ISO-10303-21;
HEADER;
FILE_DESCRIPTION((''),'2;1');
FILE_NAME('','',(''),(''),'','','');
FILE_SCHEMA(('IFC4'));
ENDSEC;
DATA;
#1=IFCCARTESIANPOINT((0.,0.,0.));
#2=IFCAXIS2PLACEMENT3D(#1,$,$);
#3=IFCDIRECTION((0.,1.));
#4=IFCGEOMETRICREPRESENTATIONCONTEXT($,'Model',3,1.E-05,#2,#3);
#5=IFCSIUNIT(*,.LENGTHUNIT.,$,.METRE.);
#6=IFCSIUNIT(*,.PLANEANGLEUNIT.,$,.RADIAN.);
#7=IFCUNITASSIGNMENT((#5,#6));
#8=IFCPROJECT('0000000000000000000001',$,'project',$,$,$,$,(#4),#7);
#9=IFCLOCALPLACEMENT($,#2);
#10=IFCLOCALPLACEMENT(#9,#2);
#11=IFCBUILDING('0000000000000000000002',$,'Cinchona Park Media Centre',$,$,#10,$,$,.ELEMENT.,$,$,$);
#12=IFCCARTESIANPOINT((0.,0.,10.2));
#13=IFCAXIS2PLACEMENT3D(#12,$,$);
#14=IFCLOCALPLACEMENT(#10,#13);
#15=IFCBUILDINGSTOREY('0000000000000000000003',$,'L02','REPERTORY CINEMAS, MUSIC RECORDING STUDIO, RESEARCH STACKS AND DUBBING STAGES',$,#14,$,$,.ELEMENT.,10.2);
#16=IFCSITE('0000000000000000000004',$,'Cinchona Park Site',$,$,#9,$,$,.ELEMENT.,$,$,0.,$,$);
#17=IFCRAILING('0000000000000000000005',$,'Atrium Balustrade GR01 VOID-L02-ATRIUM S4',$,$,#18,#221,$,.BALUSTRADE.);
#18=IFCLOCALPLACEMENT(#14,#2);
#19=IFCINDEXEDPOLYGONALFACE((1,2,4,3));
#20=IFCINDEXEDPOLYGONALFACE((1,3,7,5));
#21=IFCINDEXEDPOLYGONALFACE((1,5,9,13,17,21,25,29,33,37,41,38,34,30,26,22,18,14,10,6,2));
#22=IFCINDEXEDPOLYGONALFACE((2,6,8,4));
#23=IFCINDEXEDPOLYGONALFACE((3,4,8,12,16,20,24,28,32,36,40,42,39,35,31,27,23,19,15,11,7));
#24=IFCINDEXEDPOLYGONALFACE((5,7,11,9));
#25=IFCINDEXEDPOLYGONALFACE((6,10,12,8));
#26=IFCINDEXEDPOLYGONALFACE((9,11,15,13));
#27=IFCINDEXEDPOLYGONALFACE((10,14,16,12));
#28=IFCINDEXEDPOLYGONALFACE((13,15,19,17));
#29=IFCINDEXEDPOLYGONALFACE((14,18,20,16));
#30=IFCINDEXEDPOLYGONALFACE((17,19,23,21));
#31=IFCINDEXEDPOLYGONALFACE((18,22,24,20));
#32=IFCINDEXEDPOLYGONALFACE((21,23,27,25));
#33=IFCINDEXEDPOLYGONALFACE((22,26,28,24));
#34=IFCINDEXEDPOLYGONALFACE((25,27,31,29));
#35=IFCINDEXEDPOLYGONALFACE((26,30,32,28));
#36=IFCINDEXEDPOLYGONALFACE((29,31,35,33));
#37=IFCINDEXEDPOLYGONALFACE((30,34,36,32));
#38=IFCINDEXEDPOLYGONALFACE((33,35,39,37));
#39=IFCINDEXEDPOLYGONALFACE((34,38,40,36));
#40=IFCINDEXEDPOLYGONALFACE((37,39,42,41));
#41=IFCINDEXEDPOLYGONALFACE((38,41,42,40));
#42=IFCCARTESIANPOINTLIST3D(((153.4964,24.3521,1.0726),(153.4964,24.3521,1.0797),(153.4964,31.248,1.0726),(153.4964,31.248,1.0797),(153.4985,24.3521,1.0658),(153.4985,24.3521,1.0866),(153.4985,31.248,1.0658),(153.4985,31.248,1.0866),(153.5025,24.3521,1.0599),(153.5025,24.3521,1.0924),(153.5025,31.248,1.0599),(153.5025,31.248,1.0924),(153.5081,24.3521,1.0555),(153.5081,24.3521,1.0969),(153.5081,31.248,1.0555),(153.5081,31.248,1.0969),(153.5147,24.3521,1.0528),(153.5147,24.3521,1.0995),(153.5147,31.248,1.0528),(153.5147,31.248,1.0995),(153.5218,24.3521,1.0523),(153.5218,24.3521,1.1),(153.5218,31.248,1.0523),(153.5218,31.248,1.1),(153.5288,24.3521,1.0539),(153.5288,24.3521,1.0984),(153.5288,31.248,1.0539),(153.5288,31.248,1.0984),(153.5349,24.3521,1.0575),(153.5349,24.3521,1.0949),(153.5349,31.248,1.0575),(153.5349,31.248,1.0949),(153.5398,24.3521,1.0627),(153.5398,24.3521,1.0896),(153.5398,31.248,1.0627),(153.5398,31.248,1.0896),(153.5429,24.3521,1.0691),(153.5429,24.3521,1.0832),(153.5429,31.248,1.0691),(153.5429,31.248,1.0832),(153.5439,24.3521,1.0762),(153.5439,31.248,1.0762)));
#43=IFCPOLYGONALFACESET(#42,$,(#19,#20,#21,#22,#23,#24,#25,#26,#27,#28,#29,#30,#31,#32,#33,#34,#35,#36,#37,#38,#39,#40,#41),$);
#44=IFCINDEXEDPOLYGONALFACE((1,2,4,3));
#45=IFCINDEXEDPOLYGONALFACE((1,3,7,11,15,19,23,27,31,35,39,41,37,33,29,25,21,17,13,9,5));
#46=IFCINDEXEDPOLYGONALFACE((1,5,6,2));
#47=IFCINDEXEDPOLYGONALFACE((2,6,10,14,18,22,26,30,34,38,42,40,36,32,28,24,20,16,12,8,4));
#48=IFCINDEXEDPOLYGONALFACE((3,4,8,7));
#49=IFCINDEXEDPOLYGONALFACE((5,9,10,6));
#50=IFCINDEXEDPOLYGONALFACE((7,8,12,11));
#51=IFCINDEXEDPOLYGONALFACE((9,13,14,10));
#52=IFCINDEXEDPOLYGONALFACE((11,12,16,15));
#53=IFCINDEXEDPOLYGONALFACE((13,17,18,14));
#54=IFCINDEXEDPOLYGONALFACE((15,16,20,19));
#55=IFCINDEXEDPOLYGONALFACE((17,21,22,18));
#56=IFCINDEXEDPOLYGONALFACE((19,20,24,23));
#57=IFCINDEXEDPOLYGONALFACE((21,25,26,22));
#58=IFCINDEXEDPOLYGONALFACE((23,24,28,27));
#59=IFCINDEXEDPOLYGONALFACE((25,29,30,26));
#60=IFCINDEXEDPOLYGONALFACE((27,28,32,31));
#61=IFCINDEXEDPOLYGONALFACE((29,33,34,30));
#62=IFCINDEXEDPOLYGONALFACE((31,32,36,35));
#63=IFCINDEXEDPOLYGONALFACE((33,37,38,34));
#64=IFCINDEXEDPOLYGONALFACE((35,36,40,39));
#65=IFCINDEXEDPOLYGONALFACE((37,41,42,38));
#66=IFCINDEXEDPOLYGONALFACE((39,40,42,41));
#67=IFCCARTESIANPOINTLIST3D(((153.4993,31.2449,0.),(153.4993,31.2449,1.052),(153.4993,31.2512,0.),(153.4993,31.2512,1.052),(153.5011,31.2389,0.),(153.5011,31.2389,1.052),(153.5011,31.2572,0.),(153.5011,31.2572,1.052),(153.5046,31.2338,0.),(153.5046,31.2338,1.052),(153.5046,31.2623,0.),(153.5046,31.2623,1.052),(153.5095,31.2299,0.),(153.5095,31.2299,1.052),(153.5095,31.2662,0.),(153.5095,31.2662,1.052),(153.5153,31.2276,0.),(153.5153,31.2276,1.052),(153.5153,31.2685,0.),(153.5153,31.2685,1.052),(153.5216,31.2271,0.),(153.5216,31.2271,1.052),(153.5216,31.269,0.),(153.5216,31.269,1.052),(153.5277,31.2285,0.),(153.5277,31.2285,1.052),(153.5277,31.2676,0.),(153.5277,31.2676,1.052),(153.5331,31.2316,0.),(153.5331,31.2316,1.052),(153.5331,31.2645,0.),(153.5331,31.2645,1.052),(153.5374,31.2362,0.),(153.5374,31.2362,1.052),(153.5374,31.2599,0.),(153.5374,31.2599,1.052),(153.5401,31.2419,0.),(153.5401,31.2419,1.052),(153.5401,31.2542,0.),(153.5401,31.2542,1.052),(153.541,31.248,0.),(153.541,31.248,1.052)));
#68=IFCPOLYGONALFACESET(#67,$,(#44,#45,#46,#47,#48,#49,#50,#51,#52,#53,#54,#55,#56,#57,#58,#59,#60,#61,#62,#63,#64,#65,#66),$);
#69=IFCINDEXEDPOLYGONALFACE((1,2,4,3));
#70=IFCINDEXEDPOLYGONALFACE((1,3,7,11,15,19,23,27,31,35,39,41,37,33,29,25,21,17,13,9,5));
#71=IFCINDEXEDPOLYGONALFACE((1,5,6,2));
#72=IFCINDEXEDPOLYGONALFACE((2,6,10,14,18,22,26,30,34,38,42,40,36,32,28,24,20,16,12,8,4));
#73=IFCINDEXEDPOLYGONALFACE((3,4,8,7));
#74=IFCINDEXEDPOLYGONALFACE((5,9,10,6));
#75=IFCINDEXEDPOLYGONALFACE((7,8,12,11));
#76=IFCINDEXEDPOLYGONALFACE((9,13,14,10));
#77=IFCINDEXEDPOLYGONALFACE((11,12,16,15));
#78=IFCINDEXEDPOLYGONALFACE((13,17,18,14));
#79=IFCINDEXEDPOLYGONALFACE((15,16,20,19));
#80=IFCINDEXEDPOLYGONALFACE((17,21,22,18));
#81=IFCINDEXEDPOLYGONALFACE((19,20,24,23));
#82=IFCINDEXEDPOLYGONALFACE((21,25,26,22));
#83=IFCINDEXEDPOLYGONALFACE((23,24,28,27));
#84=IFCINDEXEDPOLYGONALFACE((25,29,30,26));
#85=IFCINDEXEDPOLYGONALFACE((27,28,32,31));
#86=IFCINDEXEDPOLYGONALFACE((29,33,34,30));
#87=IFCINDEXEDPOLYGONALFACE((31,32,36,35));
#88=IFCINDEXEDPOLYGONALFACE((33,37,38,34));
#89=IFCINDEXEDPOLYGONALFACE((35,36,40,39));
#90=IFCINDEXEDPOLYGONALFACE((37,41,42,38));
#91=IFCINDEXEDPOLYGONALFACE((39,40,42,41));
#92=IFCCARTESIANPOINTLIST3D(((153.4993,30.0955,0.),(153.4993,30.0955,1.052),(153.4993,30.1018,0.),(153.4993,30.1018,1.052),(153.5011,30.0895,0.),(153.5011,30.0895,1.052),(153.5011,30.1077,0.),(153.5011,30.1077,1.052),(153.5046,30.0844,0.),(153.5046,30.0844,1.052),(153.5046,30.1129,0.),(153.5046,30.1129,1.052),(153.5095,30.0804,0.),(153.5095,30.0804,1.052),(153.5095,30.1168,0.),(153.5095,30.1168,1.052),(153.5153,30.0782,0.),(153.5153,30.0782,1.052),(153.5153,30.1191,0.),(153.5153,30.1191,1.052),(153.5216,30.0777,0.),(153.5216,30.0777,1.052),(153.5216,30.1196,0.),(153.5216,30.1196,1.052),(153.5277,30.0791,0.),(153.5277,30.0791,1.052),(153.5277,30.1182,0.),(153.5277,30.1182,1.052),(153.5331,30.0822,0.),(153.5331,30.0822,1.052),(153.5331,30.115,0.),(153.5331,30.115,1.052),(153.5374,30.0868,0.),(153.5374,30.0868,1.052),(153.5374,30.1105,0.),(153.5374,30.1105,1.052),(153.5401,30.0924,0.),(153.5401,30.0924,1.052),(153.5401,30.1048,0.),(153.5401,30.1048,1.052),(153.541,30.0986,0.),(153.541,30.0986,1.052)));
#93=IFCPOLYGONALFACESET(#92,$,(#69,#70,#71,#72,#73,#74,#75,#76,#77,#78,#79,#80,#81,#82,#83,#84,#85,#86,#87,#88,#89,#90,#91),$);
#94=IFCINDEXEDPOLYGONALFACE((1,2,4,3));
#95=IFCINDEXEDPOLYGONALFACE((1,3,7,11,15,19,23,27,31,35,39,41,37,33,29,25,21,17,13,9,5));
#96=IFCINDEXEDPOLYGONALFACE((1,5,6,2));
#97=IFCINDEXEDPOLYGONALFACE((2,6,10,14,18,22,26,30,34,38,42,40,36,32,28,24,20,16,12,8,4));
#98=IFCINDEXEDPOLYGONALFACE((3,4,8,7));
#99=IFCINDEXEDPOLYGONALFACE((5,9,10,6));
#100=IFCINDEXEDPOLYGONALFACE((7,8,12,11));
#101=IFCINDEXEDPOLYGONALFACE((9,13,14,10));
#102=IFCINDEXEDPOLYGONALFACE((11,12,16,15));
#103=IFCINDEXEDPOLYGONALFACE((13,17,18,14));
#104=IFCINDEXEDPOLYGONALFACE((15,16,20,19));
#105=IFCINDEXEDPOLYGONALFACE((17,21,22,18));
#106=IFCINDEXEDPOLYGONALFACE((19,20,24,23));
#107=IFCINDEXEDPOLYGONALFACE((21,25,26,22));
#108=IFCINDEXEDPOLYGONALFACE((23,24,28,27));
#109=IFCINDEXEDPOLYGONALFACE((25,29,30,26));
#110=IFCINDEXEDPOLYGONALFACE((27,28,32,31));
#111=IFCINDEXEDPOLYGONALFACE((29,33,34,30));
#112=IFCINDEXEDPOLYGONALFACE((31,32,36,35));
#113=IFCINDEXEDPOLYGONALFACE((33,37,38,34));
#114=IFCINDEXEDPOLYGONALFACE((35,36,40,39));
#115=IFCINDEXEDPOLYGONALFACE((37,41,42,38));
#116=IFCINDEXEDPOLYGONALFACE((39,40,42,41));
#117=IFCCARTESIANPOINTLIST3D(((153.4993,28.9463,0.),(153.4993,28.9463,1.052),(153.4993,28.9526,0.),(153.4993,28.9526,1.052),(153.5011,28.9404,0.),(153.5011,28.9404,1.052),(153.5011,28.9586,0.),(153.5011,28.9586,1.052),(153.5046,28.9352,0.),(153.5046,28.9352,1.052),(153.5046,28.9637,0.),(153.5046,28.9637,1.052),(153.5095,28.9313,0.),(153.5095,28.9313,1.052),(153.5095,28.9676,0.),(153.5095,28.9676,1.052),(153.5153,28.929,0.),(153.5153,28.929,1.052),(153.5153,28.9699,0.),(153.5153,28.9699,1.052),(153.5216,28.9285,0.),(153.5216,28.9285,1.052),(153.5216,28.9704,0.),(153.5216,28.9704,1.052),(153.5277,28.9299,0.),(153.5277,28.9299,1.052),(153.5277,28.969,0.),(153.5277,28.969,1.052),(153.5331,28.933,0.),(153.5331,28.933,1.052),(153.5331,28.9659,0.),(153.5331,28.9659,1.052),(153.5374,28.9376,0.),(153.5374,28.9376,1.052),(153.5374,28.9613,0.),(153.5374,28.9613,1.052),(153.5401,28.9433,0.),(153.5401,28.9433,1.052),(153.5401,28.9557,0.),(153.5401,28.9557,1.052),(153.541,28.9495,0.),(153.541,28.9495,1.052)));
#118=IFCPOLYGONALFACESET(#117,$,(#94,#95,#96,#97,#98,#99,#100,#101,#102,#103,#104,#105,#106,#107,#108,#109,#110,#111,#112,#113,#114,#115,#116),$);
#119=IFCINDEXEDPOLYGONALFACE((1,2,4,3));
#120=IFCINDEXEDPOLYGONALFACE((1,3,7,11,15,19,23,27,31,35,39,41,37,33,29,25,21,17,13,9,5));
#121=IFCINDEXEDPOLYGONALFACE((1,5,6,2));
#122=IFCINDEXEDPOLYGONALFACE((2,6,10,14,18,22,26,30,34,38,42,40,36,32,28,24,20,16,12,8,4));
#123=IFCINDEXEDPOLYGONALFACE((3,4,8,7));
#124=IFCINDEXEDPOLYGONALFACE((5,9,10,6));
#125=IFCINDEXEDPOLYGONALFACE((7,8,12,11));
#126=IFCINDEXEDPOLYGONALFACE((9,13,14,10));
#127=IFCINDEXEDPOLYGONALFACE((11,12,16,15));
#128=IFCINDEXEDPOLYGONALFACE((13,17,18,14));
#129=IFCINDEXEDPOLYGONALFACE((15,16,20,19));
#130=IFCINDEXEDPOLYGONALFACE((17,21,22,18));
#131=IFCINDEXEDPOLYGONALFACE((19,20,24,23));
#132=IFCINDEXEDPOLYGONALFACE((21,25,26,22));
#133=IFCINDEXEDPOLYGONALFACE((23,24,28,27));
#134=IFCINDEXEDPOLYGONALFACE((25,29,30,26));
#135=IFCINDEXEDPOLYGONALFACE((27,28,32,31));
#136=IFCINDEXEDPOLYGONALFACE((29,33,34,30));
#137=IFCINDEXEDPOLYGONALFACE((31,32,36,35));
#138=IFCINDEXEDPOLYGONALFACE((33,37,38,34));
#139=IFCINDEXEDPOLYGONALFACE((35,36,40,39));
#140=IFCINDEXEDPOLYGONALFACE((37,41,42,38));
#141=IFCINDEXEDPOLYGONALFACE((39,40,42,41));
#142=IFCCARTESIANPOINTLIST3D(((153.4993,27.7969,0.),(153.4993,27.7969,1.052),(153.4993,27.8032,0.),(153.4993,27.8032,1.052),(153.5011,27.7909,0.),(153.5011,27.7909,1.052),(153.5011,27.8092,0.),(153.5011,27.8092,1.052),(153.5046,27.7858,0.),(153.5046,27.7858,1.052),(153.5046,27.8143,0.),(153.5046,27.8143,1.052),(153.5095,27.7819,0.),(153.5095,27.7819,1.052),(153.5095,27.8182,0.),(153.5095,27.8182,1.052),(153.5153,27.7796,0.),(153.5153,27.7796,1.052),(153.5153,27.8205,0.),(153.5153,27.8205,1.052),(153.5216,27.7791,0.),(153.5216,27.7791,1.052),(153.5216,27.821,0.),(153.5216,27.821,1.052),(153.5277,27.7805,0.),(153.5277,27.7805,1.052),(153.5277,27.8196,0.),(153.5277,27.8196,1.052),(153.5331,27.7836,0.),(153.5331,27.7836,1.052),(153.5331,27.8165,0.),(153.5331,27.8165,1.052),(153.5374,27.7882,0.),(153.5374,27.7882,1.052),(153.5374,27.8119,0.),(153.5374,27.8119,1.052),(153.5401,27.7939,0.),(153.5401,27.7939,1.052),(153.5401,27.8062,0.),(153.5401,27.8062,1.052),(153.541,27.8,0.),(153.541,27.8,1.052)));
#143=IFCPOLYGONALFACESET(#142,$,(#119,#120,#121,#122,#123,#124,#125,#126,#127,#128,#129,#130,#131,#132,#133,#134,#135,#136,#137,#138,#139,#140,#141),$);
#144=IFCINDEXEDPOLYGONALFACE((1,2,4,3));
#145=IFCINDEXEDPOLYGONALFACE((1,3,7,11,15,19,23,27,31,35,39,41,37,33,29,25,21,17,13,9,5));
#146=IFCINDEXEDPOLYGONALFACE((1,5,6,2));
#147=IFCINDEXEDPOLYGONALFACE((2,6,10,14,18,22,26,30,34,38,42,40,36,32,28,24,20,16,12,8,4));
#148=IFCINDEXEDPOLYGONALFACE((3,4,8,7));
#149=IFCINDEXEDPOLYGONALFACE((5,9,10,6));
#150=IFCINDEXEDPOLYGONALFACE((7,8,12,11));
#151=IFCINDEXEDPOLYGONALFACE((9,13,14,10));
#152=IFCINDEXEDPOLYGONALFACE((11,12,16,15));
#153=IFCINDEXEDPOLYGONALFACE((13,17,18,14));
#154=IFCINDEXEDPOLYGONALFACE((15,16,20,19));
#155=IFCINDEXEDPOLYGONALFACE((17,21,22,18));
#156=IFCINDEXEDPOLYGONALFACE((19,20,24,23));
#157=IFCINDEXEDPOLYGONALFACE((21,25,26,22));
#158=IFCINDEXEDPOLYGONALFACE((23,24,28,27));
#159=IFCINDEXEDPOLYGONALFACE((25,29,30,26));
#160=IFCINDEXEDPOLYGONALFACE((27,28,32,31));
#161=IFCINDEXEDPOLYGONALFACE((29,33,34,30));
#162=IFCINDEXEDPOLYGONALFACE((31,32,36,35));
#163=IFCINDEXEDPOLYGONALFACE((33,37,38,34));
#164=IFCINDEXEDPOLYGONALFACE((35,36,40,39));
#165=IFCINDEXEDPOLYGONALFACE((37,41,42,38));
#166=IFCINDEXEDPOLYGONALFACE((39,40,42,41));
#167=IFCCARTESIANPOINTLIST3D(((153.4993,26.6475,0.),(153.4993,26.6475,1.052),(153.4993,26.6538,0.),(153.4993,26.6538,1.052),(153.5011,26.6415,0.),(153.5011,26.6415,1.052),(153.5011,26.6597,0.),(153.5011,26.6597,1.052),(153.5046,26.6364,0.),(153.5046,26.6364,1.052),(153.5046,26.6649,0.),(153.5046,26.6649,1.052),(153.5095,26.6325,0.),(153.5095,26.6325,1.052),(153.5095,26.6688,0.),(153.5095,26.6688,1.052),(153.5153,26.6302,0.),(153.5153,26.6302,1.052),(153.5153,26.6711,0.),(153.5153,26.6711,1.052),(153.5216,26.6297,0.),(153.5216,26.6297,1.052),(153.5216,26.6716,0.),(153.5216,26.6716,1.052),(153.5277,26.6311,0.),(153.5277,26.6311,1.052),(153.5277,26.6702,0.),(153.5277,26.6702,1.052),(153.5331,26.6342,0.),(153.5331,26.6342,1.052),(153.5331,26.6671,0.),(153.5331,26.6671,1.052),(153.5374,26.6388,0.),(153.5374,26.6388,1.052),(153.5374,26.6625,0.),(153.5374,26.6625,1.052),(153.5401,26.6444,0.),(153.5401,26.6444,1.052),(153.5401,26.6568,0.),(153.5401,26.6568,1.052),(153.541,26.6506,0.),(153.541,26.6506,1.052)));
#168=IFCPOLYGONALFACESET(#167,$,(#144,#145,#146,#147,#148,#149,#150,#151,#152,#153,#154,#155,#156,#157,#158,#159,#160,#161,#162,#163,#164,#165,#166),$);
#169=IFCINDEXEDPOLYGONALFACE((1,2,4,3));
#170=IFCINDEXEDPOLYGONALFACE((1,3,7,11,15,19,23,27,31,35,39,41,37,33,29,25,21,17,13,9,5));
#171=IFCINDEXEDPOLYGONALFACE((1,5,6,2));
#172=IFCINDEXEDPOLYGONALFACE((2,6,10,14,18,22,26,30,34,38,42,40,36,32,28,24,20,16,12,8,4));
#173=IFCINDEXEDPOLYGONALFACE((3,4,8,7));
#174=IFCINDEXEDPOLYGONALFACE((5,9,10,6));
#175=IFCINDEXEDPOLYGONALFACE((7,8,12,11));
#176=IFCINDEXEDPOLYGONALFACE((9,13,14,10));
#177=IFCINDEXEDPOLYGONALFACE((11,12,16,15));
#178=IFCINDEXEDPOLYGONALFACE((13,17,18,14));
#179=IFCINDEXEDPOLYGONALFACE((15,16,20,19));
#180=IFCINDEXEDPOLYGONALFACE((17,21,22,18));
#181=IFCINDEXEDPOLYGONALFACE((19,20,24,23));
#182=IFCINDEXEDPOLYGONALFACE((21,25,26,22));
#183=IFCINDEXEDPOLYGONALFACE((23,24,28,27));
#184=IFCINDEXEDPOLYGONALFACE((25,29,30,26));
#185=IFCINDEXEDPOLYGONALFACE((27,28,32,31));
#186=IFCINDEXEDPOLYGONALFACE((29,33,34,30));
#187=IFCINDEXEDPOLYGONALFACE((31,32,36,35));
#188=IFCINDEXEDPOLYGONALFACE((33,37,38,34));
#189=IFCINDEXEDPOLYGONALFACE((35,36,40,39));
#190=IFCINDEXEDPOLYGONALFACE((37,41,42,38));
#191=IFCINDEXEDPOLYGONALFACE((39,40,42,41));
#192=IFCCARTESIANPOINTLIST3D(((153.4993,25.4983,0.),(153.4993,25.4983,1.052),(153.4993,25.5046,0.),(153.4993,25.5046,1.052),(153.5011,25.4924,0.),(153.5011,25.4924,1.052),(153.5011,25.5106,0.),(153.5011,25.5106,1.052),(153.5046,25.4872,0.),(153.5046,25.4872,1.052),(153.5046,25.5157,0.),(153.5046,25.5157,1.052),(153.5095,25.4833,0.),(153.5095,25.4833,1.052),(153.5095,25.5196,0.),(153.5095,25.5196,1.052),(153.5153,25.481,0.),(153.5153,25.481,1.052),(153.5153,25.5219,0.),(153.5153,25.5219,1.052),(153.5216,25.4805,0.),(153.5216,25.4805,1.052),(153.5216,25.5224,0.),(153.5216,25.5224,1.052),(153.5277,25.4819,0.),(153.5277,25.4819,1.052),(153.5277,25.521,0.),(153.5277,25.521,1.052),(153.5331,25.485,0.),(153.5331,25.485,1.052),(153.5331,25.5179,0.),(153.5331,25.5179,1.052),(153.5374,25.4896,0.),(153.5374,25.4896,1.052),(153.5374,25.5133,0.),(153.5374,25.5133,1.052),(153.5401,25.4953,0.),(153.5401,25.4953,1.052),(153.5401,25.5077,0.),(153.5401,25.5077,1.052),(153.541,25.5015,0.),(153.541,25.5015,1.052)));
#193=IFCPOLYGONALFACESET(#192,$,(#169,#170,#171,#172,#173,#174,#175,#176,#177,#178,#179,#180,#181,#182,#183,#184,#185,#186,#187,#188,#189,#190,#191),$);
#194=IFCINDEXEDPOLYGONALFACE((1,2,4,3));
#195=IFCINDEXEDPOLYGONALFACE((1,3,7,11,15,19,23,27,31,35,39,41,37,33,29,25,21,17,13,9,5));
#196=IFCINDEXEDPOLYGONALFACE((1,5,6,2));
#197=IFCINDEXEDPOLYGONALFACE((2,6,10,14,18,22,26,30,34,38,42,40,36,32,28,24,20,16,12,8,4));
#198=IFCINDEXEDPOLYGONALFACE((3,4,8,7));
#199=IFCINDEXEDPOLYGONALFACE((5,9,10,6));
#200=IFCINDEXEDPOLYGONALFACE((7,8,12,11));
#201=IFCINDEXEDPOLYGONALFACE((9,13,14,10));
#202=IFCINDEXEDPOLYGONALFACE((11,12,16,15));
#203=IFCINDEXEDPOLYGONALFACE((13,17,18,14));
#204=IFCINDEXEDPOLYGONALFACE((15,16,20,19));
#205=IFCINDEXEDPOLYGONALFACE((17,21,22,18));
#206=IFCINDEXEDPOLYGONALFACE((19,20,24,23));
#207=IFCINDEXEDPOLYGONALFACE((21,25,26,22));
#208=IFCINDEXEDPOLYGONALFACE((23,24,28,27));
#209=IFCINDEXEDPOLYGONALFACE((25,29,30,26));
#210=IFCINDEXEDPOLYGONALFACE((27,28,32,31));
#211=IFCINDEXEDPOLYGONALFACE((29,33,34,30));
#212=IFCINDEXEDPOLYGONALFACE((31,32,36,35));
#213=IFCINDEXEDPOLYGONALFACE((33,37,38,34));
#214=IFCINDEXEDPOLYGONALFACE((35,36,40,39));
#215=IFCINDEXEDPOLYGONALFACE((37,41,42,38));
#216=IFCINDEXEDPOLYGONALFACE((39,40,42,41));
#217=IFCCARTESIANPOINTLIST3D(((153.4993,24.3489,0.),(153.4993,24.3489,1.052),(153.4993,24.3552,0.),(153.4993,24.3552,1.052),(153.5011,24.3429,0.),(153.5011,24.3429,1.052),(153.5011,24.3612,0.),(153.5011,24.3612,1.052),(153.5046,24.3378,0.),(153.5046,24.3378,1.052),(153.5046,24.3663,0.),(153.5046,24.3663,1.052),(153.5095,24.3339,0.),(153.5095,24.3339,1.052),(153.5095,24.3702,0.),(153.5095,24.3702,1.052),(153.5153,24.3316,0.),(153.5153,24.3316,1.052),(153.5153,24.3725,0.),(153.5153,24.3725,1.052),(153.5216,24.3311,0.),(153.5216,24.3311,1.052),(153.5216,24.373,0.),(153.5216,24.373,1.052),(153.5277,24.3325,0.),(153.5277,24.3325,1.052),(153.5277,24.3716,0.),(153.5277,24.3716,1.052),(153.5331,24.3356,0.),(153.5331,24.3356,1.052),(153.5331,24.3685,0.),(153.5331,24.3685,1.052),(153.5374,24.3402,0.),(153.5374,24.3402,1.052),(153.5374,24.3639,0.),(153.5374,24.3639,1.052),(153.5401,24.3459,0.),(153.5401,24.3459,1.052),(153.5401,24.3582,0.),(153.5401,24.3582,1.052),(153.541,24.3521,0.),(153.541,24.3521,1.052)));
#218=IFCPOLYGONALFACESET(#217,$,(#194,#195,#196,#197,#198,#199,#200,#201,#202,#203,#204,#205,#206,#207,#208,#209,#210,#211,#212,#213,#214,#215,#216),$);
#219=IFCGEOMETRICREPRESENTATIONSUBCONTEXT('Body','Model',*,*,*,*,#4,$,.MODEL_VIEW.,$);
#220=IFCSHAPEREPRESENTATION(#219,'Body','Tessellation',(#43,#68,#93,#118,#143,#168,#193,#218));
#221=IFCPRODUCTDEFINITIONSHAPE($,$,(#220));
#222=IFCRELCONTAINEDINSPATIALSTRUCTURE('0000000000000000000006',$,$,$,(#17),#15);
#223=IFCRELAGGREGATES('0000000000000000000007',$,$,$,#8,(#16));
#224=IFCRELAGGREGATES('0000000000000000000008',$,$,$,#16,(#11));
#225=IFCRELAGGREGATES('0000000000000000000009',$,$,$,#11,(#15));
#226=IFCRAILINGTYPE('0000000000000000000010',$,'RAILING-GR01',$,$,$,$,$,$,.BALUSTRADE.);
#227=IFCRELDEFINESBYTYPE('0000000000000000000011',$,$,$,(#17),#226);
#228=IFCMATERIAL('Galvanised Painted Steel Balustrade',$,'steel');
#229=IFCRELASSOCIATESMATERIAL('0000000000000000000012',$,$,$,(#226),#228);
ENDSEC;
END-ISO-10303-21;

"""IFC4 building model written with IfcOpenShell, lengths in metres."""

from ifc_helpers import new_model, si_unit, direction, frame, origin, origin_2d, place, context, subcontext, project, spatial, circle, extrude, material, type_object, element, save


model = new_model("IFC4")

# Units and contexts
model_context = context("Model", 3, precision=1e-05, world=origin(), true_north=direction((0.0, 1.0)))
body_context = subcontext(model_context, "Body", "Model", "MODEL_VIEW")
ifc_project = project(units=[si_unit("LENGTHUNIT", "METRE"), si_unit("PLANEANGLEUNIT", "RADIAN")], contexts=[model_context])

# Site, building, storey
site_placement = place(None, origin())
site = spatial("IfcSite", under=ifc_project, at=site_placement, Name="Cinchona Park Site", CompositionType="ELEMENT", RefElevation=0.0)
building_placement = place(site_placement, origin())
building = spatial("IfcBuilding", under=site, at=building_placement, Name="Cinchona Park Media Centre", CompositionType="ELEMENT")
storey_placement = place(building_placement, frame((0.0, 0.0, 10.2)))
storey = spatial("IfcBuildingStorey", under=building, at=storey_placement, Name="L02", Description="REPERTORY CINEMAS, MUSIC RECORDING STUDIO, RESEARCH STACKS AND DUBBING STAGES", CompositionType="ELEMENT", Elevation=10.2)

# Railing
ifc_material_1 = material(Name="Galvanised Painted Steel Balustrade", Category="steel")
railing_type = type_object("IfcRailingType", Name="RAILING-GR01", PredefinedType="BALUSTRADE", material=ifc_material_1)
railing_1_placement = place(storey_placement, frame((153.52, 31.248, 0.0)))
element("IfcRailing", 1, at=railing_1_placement, inside=storey, type_object=railing_type, Name="Atrium Balustrade GR01 VOID-L02-ATRIUM S4", PredefinedType="BALUSTRADE", context=body_context, shape_type="SweptSolid", body=[
    extrude(circle(Radius=0.0239, at=origin_2d()), frame((0.0, 0.0, 1.0762), z_axis=(0.0, -1.0, 0.0), x_axis=(1.0, 0.0, 0.0)), (0.0, 0.0, 1.0), 6.896),
    extrude(circle(Radius=0.021, at=origin_2d()), origin(), (0.0, 0.0, 1.0), 1.052),
    extrude(circle(Radius=0.021, at=origin_2d()), frame((0.0, -1.1494, 0.0)), (0.0, 0.0, 1.0), 1.052),
    extrude(circle(Radius=0.021, at=origin_2d()), frame((0.0, -2.2986, 0.0)), (0.0, 0.0, 1.0), 1.052),
    extrude(circle(Radius=0.021, at=origin_2d()), frame((0.0, -3.448, 0.0)), (0.0, 0.0, 1.0), 1.052),
    extrude(circle(Radius=0.021, at=origin_2d()), frame((0.0, -4.5974, 0.0)), (0.0, 0.0, 1.0), 1.052),
    extrude(circle(Radius=0.021, at=origin_2d()), frame((0.0, -5.7466, 0.0)), (0.0, 0.0, 1.0), 1.052),
    extrude(circle(Radius=0.021, at=origin_2d()), frame((0.0, -6.896, 0.0)), (0.0, 0.0, 1.0), 1.052),
])

save(model, "model.ifc")
